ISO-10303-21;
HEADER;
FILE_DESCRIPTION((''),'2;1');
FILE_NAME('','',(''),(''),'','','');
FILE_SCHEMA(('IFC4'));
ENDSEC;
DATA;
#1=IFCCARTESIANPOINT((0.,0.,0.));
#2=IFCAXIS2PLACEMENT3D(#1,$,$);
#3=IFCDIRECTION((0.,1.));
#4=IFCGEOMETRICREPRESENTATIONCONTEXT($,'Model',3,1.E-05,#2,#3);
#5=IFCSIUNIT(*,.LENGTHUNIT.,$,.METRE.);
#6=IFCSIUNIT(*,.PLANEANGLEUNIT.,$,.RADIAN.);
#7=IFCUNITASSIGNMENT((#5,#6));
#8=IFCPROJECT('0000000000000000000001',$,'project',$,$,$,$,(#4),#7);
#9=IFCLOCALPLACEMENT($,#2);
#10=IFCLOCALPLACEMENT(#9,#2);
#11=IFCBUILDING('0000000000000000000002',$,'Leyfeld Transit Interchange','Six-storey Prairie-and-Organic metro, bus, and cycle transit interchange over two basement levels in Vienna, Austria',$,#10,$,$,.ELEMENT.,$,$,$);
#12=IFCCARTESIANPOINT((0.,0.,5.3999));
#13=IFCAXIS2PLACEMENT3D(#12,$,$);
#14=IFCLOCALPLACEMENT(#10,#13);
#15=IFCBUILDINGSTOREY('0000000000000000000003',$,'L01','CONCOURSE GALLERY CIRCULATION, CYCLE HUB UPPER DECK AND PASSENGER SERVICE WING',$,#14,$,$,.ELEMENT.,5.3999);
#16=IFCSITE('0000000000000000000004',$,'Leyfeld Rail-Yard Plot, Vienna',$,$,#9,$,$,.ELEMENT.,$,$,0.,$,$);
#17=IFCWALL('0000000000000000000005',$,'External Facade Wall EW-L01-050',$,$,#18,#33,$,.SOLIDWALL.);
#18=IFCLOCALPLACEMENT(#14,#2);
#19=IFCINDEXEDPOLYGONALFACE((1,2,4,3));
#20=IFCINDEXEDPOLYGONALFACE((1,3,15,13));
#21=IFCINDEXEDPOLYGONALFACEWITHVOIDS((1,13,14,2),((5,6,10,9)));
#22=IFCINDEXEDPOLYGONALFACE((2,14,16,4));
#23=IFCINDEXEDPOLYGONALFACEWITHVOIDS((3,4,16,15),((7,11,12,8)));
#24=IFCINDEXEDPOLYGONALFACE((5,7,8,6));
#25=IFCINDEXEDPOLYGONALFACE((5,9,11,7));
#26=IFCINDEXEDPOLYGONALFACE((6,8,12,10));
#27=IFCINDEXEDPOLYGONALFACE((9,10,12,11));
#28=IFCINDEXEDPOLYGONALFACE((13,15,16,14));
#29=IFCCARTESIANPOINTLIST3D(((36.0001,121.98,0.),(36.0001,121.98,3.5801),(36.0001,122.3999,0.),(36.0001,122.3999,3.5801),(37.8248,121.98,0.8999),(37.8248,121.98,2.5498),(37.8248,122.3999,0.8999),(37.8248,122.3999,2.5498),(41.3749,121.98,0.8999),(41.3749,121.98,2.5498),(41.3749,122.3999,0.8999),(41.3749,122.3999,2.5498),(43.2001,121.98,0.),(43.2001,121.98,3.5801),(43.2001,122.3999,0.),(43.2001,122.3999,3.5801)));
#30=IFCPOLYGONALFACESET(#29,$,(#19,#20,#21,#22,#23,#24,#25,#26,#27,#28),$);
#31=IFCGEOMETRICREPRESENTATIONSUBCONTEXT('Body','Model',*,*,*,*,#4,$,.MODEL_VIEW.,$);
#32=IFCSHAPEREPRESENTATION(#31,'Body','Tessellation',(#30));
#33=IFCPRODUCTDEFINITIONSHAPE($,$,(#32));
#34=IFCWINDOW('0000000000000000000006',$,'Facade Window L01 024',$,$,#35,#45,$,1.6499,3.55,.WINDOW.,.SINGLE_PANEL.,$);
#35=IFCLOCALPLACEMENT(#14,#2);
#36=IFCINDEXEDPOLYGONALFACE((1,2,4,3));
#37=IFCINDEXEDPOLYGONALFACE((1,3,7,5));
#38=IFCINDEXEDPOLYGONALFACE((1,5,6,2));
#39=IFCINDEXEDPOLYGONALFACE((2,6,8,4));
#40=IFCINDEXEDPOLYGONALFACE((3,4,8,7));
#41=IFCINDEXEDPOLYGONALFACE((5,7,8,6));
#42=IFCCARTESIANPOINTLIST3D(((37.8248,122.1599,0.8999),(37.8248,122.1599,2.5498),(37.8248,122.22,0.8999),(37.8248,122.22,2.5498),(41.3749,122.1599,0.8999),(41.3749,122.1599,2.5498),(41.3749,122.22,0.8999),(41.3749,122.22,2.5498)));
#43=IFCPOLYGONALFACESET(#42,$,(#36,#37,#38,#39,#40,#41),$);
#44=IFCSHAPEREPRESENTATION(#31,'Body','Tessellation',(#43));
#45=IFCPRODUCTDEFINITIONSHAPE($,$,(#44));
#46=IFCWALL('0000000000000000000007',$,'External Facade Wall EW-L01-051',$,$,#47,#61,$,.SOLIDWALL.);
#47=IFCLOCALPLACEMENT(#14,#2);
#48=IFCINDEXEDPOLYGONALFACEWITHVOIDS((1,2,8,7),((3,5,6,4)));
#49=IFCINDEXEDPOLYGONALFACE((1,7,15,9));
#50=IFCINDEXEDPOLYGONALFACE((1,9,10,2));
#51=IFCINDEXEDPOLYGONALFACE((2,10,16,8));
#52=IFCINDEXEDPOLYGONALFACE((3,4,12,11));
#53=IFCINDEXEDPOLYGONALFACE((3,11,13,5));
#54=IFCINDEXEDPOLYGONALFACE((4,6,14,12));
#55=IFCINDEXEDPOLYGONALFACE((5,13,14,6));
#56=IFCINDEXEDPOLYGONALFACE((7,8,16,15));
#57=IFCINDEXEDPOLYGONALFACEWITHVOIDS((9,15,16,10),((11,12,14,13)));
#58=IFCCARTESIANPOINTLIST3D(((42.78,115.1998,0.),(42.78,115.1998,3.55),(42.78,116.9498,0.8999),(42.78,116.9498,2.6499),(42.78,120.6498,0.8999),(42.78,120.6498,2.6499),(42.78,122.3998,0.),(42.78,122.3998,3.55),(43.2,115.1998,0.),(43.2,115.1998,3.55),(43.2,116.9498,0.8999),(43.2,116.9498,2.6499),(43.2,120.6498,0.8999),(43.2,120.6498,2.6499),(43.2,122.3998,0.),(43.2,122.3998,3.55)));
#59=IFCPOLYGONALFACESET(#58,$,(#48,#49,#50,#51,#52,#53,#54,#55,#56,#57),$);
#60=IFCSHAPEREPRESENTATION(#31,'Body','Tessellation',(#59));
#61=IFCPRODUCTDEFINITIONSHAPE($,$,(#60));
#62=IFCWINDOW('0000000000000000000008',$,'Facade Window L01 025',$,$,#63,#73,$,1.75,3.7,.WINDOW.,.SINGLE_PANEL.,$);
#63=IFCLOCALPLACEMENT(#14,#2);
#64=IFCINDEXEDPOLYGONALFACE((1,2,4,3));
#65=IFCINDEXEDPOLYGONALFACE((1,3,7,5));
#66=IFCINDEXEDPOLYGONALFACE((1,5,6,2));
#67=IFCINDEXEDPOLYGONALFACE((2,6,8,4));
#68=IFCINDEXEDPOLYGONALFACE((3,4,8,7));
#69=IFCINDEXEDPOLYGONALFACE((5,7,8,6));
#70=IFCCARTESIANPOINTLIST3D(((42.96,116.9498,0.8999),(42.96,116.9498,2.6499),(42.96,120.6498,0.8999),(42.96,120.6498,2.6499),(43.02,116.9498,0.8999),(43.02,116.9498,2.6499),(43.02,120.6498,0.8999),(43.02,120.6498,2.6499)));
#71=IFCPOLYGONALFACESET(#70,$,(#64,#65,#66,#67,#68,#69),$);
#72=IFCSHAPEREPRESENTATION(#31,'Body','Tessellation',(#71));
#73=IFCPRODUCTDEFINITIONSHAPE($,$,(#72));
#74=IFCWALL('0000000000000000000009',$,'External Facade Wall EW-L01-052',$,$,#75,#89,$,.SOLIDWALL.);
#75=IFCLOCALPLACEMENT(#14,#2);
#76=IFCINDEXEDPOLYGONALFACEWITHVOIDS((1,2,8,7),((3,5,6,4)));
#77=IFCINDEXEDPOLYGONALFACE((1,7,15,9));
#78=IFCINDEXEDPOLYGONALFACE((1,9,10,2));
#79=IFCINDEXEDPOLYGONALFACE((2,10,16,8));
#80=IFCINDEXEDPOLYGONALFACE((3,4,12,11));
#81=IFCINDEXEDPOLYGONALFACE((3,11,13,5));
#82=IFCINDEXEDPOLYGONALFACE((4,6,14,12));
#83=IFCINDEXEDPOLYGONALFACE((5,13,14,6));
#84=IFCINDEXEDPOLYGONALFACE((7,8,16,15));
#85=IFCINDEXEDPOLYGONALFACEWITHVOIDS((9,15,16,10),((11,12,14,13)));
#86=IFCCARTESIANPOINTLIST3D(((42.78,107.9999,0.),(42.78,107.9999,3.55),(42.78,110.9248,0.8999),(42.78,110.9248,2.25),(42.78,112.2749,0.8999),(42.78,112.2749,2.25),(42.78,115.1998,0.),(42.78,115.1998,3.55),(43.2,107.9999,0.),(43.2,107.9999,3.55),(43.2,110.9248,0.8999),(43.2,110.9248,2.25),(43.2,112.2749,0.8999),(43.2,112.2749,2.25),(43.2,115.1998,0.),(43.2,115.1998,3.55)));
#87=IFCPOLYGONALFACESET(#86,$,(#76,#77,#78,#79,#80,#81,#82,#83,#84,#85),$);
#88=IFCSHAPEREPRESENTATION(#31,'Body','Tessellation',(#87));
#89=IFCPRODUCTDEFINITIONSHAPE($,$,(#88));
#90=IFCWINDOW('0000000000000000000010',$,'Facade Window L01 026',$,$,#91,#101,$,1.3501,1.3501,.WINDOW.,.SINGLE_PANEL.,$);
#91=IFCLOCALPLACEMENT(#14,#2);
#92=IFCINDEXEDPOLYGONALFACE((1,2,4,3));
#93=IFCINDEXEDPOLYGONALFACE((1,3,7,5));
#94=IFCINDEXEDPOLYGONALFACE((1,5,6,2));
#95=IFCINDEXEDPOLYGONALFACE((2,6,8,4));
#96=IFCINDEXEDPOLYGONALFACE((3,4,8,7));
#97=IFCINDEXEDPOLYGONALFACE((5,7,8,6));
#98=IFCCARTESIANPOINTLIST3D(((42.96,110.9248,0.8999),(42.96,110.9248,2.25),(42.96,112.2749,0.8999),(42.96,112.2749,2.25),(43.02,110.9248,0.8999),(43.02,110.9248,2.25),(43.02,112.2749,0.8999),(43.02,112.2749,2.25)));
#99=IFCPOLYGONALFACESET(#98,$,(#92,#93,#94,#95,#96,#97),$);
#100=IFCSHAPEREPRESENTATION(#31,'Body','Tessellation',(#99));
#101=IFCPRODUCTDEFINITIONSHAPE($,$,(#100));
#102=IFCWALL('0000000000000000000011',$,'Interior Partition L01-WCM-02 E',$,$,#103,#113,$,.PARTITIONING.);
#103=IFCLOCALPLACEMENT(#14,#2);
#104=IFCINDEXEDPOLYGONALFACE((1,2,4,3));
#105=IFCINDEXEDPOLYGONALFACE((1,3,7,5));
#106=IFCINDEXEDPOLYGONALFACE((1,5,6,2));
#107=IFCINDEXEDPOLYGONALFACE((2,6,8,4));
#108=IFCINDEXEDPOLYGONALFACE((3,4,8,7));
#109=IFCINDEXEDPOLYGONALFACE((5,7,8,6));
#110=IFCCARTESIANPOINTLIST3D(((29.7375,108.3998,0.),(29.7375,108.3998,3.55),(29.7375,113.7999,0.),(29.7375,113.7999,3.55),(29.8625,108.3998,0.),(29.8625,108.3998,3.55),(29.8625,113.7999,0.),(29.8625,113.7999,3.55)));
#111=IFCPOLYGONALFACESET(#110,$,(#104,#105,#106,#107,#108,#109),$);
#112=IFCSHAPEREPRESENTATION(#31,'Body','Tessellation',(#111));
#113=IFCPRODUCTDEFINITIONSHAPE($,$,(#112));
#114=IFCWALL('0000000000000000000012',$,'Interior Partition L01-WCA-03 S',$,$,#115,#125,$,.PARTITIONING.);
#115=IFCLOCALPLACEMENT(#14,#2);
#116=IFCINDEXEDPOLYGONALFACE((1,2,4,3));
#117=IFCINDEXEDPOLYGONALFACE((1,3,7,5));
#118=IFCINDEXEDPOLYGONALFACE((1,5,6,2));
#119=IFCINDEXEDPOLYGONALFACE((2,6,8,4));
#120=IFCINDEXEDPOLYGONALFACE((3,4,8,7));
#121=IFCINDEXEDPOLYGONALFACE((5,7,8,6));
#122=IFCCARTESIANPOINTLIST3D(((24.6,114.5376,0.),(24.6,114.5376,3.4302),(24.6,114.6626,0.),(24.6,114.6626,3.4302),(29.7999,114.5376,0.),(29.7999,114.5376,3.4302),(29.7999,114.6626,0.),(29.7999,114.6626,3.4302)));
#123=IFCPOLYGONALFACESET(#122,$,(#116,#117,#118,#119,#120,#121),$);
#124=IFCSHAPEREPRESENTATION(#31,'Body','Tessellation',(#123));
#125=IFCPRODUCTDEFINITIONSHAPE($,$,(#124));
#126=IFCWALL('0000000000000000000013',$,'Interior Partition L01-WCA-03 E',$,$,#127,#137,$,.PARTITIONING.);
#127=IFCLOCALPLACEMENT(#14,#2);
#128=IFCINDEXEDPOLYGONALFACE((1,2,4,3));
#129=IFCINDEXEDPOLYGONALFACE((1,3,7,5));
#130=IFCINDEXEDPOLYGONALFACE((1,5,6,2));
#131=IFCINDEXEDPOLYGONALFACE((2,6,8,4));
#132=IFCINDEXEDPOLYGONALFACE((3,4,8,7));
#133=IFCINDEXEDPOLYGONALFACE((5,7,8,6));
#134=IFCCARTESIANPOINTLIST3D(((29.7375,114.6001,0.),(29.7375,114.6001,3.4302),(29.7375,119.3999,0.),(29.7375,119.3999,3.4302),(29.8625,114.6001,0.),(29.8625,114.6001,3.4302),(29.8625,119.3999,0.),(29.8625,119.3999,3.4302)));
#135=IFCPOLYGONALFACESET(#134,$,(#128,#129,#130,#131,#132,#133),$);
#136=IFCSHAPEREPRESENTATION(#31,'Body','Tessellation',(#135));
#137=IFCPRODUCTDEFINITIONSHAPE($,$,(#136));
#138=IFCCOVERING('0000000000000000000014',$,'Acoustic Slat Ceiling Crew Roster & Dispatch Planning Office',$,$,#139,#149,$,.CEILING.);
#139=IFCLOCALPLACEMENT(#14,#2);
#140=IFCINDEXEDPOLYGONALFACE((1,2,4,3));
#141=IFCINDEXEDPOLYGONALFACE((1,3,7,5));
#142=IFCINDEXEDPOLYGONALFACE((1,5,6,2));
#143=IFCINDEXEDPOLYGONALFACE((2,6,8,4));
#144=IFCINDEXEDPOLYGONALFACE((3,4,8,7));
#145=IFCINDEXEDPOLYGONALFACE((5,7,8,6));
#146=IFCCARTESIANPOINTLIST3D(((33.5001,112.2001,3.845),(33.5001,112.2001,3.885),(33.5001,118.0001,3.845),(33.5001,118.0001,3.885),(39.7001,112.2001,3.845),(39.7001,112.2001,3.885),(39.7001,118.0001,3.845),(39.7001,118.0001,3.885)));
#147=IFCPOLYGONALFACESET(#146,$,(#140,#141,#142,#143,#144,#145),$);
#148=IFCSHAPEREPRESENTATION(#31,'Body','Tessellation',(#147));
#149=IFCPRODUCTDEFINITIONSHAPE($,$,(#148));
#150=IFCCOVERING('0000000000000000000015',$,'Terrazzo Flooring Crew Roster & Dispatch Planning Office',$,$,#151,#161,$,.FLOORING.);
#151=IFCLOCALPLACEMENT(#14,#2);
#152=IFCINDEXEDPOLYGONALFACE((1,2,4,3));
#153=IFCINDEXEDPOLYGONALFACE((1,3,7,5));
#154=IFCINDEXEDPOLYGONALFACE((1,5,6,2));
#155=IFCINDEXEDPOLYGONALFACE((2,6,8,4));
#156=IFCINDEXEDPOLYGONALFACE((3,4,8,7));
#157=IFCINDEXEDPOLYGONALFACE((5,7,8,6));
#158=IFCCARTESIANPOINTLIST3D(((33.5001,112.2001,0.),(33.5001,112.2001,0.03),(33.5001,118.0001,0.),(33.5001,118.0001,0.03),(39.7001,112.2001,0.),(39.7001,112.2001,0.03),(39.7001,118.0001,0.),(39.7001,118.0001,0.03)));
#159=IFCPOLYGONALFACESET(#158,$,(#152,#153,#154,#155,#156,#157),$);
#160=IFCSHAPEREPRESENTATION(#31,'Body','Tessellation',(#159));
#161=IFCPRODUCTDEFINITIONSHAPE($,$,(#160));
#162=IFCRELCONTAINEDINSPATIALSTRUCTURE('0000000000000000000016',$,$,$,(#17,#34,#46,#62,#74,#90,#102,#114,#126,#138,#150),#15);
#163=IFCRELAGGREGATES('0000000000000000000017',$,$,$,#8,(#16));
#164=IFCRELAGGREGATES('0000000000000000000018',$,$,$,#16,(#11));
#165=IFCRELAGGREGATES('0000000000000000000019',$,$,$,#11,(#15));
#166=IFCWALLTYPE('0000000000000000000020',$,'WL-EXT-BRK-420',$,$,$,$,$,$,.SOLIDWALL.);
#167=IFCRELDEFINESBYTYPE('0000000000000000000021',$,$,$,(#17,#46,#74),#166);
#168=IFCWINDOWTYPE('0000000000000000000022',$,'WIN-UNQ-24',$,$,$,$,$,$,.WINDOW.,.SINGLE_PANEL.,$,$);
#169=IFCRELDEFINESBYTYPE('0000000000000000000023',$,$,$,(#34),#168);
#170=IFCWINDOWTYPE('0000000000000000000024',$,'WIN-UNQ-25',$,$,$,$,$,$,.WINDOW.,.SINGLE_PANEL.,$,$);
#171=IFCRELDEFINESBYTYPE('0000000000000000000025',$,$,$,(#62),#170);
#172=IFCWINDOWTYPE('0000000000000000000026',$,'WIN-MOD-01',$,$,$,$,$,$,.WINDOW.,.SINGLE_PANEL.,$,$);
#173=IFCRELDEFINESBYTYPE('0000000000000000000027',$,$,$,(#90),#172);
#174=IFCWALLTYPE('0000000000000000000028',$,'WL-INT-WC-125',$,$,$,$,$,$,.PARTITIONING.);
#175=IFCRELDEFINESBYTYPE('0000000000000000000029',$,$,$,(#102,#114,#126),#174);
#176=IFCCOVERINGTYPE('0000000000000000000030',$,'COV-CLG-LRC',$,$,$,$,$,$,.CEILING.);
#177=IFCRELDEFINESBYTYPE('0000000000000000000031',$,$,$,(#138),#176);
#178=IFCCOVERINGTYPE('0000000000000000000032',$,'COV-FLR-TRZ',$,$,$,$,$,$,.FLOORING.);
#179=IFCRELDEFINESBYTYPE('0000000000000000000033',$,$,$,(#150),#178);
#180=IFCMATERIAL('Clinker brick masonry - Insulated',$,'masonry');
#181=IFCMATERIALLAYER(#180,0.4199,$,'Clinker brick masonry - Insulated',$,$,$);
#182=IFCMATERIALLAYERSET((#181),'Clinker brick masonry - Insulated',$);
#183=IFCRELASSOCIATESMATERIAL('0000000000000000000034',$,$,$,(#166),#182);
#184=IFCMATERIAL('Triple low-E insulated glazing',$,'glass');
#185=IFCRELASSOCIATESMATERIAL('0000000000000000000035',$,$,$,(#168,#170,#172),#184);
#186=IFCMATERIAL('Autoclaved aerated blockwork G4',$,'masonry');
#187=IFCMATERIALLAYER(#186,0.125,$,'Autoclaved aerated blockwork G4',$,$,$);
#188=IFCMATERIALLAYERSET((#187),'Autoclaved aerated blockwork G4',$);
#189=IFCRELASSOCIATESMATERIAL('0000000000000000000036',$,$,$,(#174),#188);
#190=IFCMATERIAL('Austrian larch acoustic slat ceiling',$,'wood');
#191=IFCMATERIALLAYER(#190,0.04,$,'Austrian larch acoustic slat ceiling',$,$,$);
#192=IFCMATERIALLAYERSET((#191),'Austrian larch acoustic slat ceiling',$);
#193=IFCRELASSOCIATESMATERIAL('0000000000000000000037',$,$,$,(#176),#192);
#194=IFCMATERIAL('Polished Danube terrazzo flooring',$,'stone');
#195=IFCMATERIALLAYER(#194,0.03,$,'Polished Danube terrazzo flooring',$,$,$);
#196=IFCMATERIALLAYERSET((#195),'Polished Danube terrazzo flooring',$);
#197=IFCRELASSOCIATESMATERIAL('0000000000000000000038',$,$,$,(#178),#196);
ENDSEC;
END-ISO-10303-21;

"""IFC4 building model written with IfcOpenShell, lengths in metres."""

from ifc_helpers import new_model, si_unit, direction, frame, frame_2d, origin, origin_2d, place, context, subcontext, project, spatial, rectangle, extrude, material, layer, layer_set, type_object, element, fill, save


model = new_model("IFC4")

# Units and contexts
model_context = context("Model", 3, precision=1e-05, world=origin(), true_north=direction((0.0, 1.0)))
body_context = subcontext(model_context, "Body", "Model", "MODEL_VIEW")
ifc_project = project(units=[si_unit("LENGTHUNIT", "METRE"), si_unit("PLANEANGLEUNIT", "RADIAN")], contexts=[model_context])

# Site, building, storey
site_placement = place(None, origin())
site = spatial("IfcSite", under=ifc_project, at=site_placement, Name="Leyfeld Rail-Yard Plot, Vienna", CompositionType="ELEMENT", RefElevation=0.0)
building_placement = place(site_placement, origin())
building = spatial("IfcBuilding", under=site, at=building_placement, Name="Leyfeld Transit Interchange", Description="Six-storey Prairie-and-Organic metro, bus, and cycle transit interchange over two basement levels in Vienna, Austria", CompositionType="ELEMENT")
storey_placement = place(building_placement, frame((0.0, 0.0, 5.3999)))
storey = spatial("IfcBuildingStorey", under=building, at=storey_placement, Name="L01", Description="CONCOURSE GALLERY CIRCULATION, CYCLE HUB UPPER DECK AND PASSENGER SERVICE WING", CompositionType="ELEMENT", Elevation=5.3999)

# Walls, openings, windows
ifc_material_1 = material(Name="Clinker brick masonry - Insulated", Category="masonry")
ifc_layer_1 = layer(ifc_material_1, 0.4199, Name="Clinker brick masonry - Insulated")
ifc_layer_set_1 = layer_set([ifc_layer_1], Name="Clinker brick masonry - Insulated")
wall_type_1 = type_object("IfcWallType", Name="WL-EXT-BRK-420", PredefinedType="SOLIDWALL", material=ifc_layer_set_1)
ifc_material_2 = material(Name="Triple low-E insulated glazing", Category="glass")
wall_1_placement = place(storey_placement, frame((36.0, 122.1899, 0.0), z_axis=(0.0, 0.0, 1.0), x_axis=(1.0, 0.0, 0.0)))
wall_1 = element("IfcWall", 1, at=wall_1_placement, inside=storey, type_object=wall_type_1, Name="External Facade Wall EW-L01-050", PredefinedType="SOLIDWALL", context=body_context, shape_type="SweptSolid", body=[
    extrude(rectangle(XDim=7.2, YDim=0.4199, at=frame_2d((3.6001, 0.0))), origin(), (0.0, 0.0, 1.0), 3.5801),
])
opening_1_placement = place(wall_1_placement, frame((1.825, 0.0, 0.8999)))
opening_1 = element("IfcOpeningElement", 2, at=opening_1_placement, cuts=wall_1, PredefinedType="OPENING", context=body_context, shape_type="SweptSolid", body=[
    extrude(rectangle(XDim=3.55, YDim=1.6499, at=frame_2d((1.7749, 0.825))), frame((0.0, 0.22, 0.0), z_axis=(0.0, -1.0, 0.0), x_axis=(1.0, 0.0, 0.0)), (0.0, 0.0, 1.0), 0.4399),
])
window_type_1 = type_object("IfcWindowType", Name="WIN-UNQ-24", PartitioningType="SINGLE_PANEL", PredefinedType="WINDOW", material=ifc_material_2)
window_1_placement = place(opening_1_placement, origin())
window_1 = element("IfcWindow", 3, at=window_1_placement, inside=storey, type_object=window_type_1, Name="Facade Window L01 024", OverallHeight=1.6499, OverallWidth=3.55, PartitioningType="SINGLE_PANEL", PredefinedType="WINDOW", context=body_context, shape_type="SweptSolid", body=[
    extrude(rectangle(XDim=3.55, YDim=1.6499, at=frame_2d((1.7749, 0.825))), frame((0.0, 0.03, 0.0), z_axis=(0.0, -1.0, 0.0), x_axis=(1.0, 0.0, 0.0)), (0.0, 0.0, 1.0), 0.0601),
])
fill(opening_1, window_1)
wall_2_placement = place(storey_placement, frame((42.99, 122.3999, 0.0), z_axis=(0.0, 0.0, 1.0), x_axis=(0.0, -1.0, 0.0)))
wall_2 = element("IfcWall", 4, at=wall_2_placement, inside=storey, type_object=wall_type_1, Name="External Facade Wall EW-L01-051", PredefinedType="SOLIDWALL", context=body_context, shape_type="SweptSolid", body=[
    extrude(rectangle(XDim=7.2, YDim=0.4199, at=frame_2d((3.6001, 0.0))), origin(), (0.0, 0.0, 1.0), 3.55),
])
opening_2_placement = place(wall_2_placement, frame((1.75, 0.0, 0.8999)))
opening_2 = element("IfcOpeningElement", 5, at=opening_2_placement, cuts=wall_2, PredefinedType="OPENING", context=body_context, shape_type="SweptSolid", body=[
    extrude(rectangle(XDim=3.7, YDim=1.75, at=frame_2d((1.8501, 0.875))), frame((0.0, 0.22, 0.0), z_axis=(0.0, -1.0, 0.0), x_axis=(1.0, 0.0, 0.0)), (0.0, 0.0, 1.0), 0.4399),
])
window_type_2 = type_object("IfcWindowType", Name="WIN-UNQ-25", PartitioningType="SINGLE_PANEL", PredefinedType="WINDOW", material=ifc_material_2)
window_2_placement = place(opening_2_placement, origin())
window_2 = element("IfcWindow", 6, at=window_2_placement, inside=storey, type_object=window_type_2, Name="Facade Window L01 025", OverallHeight=1.75, OverallWidth=3.7, PartitioningType="SINGLE_PANEL", PredefinedType="WINDOW", context=body_context, shape_type="SweptSolid", body=[
    extrude(rectangle(XDim=3.7, YDim=1.75, at=frame_2d((1.8501, 0.875))), frame((0.0, 0.03, 0.0), z_axis=(0.0, -1.0, 0.0), x_axis=(1.0, 0.0, 0.0)), (0.0, 0.0, 1.0), 0.0601),
])
fill(opening_2, window_2)
wall_3_placement = place(storey_placement, frame((42.99, 115.2, 0.0), z_axis=(0.0, 0.0, 1.0), x_axis=(0.0, -1.0, 0.0)))
wall_3 = element("IfcWall", 7, at=wall_3_placement, inside=storey, type_object=wall_type_1, Name="External Facade Wall EW-L01-052", PredefinedType="SOLIDWALL", context=body_context, shape_type="SweptSolid", body=[
    extrude(rectangle(XDim=7.2, YDim=0.4199, at=frame_2d((3.6001, 0.0))), origin(), (0.0, 0.0, 1.0), 3.55),
])
opening_3_placement = place(wall_3_placement, frame((2.925, 0.0, 0.8999)))
opening_3 = element("IfcOpeningElement", 8, at=opening_3_placement, cuts=wall_3, PredefinedType="OPENING", context=body_context, shape_type="SweptSolid", body=[
    extrude(rectangle(XDim=1.3501, YDim=1.3501, at=frame_2d((0.675, 0.675))), frame((0.0, 0.22, 0.0), z_axis=(0.0, -1.0, 0.0), x_axis=(1.0, 0.0, 0.0)), (0.0, 0.0, 1.0), 0.4399),
])
window_type_3 = type_object("IfcWindowType", Name="WIN-MOD-01", PartitioningType="SINGLE_PANEL", PredefinedType="WINDOW", material=ifc_material_2)
window_3_placement = place(opening_3_placement, origin())
window_3 = element("IfcWindow", 9, at=window_3_placement, inside=storey, type_object=window_type_3, Name="Facade Window L01 026", OverallHeight=1.3501, OverallWidth=1.3501, PartitioningType="SINGLE_PANEL", PredefinedType="WINDOW", context=body_context, shape_type="SweptSolid", body=[
    extrude(rectangle(XDim=1.3501, YDim=1.3501, at=frame_2d((0.675, 0.675))), frame((0.0, 0.03, 0.0), z_axis=(0.0, -1.0, 0.0), x_axis=(1.0, 0.0, 0.0)), (0.0, 0.0, 1.0), 0.0601),
])
fill(opening_3, window_3)

# Walls
ifc_material_3 = material(Name="Autoclaved aerated blockwork G4", Category="masonry")
ifc_layer_2 = layer(ifc_material_3, 0.125, Name="Autoclaved aerated blockwork G4")
ifc_layer_set_2 = layer_set([ifc_layer_2], Name="Autoclaved aerated blockwork G4")
wall_type_2 = type_object("IfcWallType", Name="WL-INT-WC-125", PredefinedType="PARTITIONING", material=ifc_layer_set_2)
wall_4_placement = place(storey_placement, frame((29.8, 113.8, 0.0), z_axis=(0.0, 0.0, 1.0), x_axis=(0.0, -1.0, 0.0)))
element("IfcWall", 10, at=wall_4_placement, inside=storey, type_object=wall_type_2, Name="Interior Partition L01-WCM-02 E", PredefinedType="PARTITIONING", context=body_context, shape_type="SweptSolid", body=[
    extrude(rectangle(XDim=5.4001, YDim=0.125, at=frame_2d((2.7002, 0.0))), origin(), (0.0, 0.0, 1.0), 3.55),
])
wall_5_placement = place(storey_placement, frame((29.8, 114.6001, 0.0), z_axis=(0.0, 0.0, 1.0), x_axis=(-1.0, 0.0, 0.0)))
element("IfcWall", 11, at=wall_5_placement, inside=storey, type_object=wall_type_2, Name="Interior Partition L01-WCA-03 S", PredefinedType="PARTITIONING", context=body_context, shape_type="SweptSolid", body=[
    extrude(rectangle(XDim=5.2, YDim=0.125, at=frame_2d((2.6001, 0.0))), origin(), (0.0, 0.0, 1.0), 3.4302),
])
wall_6_placement = place(storey_placement, frame((29.8, 119.3999, 0.0), z_axis=(0.0, 0.0, 1.0), x_axis=(0.0, -1.0, 0.0)))
element("IfcWall", 12, at=wall_6_placement, inside=storey, type_object=wall_type_2, Name="Interior Partition L01-WCA-03 E", PredefinedType="PARTITIONING", context=body_context, shape_type="SweptSolid", body=[
    extrude(rectangle(XDim=4.7998, YDim=0.125, at=frame_2d((2.3999, 0.0))), origin(), (0.0, 0.0, 1.0), 3.4302),
])

# Coverings
ifc_material_4 = material(Name="Austrian larch acoustic slat ceiling", Category="wood")
ifc_layer_3 = layer(ifc_material_4, 0.04, Name="Austrian larch acoustic slat ceiling")
ifc_layer_set_3 = layer_set([ifc_layer_3], Name="Austrian larch acoustic slat ceiling")
covering_type_1 = type_object("IfcCoveringType", Name="COV-CLG-LRC", PredefinedType="CEILING", material=ifc_layer_set_3)
covering_1_placement = place(storey_placement, frame((36.6001, 115.1001, 3.845), z_axis=(0.0, 0.0, 1.0), x_axis=(1.0, 0.0, 0.0)))
element("IfcCovering", 13, at=covering_1_placement, inside=storey, type_object=covering_type_1, Name="Acoustic Slat Ceiling Crew Roster & Dispatch Planning Office", PredefinedType="CEILING", context=body_context, shape_type="SweptSolid", body=[
    extrude(rectangle(XDim=6.2, YDim=5.8, at=origin_2d()), origin(), (0.0, 0.0, 1.0), 0.04),
])
ifc_material_5 = material(Name="Polished Danube terrazzo flooring", Category="stone")
ifc_layer_4 = layer(ifc_material_5, 0.03, Name="Polished Danube terrazzo flooring")
ifc_layer_set_4 = layer_set([ifc_layer_4], Name="Polished Danube terrazzo flooring")
covering_type_2 = type_object("IfcCoveringType", Name="COV-FLR-TRZ", PredefinedType="FLOORING", material=ifc_layer_set_4)
covering_2_placement = place(storey_placement, frame((36.6001, 115.1001, 0.0), z_axis=(0.0, 0.0, 1.0), x_axis=(1.0, 0.0, 0.0)))
element("IfcCovering", 14, at=covering_2_placement, inside=storey, type_object=covering_type_2, Name="Terrazzo Flooring Crew Roster & Dispatch Planning Office", PredefinedType="FLOORING", context=body_context, shape_type="SweptSolid", body=[
    extrude(rectangle(XDim=6.2, YDim=5.8, at=origin_2d()), origin(), (0.0, 0.0, 1.0), 0.03),
])

save(model, "model.ifc")
